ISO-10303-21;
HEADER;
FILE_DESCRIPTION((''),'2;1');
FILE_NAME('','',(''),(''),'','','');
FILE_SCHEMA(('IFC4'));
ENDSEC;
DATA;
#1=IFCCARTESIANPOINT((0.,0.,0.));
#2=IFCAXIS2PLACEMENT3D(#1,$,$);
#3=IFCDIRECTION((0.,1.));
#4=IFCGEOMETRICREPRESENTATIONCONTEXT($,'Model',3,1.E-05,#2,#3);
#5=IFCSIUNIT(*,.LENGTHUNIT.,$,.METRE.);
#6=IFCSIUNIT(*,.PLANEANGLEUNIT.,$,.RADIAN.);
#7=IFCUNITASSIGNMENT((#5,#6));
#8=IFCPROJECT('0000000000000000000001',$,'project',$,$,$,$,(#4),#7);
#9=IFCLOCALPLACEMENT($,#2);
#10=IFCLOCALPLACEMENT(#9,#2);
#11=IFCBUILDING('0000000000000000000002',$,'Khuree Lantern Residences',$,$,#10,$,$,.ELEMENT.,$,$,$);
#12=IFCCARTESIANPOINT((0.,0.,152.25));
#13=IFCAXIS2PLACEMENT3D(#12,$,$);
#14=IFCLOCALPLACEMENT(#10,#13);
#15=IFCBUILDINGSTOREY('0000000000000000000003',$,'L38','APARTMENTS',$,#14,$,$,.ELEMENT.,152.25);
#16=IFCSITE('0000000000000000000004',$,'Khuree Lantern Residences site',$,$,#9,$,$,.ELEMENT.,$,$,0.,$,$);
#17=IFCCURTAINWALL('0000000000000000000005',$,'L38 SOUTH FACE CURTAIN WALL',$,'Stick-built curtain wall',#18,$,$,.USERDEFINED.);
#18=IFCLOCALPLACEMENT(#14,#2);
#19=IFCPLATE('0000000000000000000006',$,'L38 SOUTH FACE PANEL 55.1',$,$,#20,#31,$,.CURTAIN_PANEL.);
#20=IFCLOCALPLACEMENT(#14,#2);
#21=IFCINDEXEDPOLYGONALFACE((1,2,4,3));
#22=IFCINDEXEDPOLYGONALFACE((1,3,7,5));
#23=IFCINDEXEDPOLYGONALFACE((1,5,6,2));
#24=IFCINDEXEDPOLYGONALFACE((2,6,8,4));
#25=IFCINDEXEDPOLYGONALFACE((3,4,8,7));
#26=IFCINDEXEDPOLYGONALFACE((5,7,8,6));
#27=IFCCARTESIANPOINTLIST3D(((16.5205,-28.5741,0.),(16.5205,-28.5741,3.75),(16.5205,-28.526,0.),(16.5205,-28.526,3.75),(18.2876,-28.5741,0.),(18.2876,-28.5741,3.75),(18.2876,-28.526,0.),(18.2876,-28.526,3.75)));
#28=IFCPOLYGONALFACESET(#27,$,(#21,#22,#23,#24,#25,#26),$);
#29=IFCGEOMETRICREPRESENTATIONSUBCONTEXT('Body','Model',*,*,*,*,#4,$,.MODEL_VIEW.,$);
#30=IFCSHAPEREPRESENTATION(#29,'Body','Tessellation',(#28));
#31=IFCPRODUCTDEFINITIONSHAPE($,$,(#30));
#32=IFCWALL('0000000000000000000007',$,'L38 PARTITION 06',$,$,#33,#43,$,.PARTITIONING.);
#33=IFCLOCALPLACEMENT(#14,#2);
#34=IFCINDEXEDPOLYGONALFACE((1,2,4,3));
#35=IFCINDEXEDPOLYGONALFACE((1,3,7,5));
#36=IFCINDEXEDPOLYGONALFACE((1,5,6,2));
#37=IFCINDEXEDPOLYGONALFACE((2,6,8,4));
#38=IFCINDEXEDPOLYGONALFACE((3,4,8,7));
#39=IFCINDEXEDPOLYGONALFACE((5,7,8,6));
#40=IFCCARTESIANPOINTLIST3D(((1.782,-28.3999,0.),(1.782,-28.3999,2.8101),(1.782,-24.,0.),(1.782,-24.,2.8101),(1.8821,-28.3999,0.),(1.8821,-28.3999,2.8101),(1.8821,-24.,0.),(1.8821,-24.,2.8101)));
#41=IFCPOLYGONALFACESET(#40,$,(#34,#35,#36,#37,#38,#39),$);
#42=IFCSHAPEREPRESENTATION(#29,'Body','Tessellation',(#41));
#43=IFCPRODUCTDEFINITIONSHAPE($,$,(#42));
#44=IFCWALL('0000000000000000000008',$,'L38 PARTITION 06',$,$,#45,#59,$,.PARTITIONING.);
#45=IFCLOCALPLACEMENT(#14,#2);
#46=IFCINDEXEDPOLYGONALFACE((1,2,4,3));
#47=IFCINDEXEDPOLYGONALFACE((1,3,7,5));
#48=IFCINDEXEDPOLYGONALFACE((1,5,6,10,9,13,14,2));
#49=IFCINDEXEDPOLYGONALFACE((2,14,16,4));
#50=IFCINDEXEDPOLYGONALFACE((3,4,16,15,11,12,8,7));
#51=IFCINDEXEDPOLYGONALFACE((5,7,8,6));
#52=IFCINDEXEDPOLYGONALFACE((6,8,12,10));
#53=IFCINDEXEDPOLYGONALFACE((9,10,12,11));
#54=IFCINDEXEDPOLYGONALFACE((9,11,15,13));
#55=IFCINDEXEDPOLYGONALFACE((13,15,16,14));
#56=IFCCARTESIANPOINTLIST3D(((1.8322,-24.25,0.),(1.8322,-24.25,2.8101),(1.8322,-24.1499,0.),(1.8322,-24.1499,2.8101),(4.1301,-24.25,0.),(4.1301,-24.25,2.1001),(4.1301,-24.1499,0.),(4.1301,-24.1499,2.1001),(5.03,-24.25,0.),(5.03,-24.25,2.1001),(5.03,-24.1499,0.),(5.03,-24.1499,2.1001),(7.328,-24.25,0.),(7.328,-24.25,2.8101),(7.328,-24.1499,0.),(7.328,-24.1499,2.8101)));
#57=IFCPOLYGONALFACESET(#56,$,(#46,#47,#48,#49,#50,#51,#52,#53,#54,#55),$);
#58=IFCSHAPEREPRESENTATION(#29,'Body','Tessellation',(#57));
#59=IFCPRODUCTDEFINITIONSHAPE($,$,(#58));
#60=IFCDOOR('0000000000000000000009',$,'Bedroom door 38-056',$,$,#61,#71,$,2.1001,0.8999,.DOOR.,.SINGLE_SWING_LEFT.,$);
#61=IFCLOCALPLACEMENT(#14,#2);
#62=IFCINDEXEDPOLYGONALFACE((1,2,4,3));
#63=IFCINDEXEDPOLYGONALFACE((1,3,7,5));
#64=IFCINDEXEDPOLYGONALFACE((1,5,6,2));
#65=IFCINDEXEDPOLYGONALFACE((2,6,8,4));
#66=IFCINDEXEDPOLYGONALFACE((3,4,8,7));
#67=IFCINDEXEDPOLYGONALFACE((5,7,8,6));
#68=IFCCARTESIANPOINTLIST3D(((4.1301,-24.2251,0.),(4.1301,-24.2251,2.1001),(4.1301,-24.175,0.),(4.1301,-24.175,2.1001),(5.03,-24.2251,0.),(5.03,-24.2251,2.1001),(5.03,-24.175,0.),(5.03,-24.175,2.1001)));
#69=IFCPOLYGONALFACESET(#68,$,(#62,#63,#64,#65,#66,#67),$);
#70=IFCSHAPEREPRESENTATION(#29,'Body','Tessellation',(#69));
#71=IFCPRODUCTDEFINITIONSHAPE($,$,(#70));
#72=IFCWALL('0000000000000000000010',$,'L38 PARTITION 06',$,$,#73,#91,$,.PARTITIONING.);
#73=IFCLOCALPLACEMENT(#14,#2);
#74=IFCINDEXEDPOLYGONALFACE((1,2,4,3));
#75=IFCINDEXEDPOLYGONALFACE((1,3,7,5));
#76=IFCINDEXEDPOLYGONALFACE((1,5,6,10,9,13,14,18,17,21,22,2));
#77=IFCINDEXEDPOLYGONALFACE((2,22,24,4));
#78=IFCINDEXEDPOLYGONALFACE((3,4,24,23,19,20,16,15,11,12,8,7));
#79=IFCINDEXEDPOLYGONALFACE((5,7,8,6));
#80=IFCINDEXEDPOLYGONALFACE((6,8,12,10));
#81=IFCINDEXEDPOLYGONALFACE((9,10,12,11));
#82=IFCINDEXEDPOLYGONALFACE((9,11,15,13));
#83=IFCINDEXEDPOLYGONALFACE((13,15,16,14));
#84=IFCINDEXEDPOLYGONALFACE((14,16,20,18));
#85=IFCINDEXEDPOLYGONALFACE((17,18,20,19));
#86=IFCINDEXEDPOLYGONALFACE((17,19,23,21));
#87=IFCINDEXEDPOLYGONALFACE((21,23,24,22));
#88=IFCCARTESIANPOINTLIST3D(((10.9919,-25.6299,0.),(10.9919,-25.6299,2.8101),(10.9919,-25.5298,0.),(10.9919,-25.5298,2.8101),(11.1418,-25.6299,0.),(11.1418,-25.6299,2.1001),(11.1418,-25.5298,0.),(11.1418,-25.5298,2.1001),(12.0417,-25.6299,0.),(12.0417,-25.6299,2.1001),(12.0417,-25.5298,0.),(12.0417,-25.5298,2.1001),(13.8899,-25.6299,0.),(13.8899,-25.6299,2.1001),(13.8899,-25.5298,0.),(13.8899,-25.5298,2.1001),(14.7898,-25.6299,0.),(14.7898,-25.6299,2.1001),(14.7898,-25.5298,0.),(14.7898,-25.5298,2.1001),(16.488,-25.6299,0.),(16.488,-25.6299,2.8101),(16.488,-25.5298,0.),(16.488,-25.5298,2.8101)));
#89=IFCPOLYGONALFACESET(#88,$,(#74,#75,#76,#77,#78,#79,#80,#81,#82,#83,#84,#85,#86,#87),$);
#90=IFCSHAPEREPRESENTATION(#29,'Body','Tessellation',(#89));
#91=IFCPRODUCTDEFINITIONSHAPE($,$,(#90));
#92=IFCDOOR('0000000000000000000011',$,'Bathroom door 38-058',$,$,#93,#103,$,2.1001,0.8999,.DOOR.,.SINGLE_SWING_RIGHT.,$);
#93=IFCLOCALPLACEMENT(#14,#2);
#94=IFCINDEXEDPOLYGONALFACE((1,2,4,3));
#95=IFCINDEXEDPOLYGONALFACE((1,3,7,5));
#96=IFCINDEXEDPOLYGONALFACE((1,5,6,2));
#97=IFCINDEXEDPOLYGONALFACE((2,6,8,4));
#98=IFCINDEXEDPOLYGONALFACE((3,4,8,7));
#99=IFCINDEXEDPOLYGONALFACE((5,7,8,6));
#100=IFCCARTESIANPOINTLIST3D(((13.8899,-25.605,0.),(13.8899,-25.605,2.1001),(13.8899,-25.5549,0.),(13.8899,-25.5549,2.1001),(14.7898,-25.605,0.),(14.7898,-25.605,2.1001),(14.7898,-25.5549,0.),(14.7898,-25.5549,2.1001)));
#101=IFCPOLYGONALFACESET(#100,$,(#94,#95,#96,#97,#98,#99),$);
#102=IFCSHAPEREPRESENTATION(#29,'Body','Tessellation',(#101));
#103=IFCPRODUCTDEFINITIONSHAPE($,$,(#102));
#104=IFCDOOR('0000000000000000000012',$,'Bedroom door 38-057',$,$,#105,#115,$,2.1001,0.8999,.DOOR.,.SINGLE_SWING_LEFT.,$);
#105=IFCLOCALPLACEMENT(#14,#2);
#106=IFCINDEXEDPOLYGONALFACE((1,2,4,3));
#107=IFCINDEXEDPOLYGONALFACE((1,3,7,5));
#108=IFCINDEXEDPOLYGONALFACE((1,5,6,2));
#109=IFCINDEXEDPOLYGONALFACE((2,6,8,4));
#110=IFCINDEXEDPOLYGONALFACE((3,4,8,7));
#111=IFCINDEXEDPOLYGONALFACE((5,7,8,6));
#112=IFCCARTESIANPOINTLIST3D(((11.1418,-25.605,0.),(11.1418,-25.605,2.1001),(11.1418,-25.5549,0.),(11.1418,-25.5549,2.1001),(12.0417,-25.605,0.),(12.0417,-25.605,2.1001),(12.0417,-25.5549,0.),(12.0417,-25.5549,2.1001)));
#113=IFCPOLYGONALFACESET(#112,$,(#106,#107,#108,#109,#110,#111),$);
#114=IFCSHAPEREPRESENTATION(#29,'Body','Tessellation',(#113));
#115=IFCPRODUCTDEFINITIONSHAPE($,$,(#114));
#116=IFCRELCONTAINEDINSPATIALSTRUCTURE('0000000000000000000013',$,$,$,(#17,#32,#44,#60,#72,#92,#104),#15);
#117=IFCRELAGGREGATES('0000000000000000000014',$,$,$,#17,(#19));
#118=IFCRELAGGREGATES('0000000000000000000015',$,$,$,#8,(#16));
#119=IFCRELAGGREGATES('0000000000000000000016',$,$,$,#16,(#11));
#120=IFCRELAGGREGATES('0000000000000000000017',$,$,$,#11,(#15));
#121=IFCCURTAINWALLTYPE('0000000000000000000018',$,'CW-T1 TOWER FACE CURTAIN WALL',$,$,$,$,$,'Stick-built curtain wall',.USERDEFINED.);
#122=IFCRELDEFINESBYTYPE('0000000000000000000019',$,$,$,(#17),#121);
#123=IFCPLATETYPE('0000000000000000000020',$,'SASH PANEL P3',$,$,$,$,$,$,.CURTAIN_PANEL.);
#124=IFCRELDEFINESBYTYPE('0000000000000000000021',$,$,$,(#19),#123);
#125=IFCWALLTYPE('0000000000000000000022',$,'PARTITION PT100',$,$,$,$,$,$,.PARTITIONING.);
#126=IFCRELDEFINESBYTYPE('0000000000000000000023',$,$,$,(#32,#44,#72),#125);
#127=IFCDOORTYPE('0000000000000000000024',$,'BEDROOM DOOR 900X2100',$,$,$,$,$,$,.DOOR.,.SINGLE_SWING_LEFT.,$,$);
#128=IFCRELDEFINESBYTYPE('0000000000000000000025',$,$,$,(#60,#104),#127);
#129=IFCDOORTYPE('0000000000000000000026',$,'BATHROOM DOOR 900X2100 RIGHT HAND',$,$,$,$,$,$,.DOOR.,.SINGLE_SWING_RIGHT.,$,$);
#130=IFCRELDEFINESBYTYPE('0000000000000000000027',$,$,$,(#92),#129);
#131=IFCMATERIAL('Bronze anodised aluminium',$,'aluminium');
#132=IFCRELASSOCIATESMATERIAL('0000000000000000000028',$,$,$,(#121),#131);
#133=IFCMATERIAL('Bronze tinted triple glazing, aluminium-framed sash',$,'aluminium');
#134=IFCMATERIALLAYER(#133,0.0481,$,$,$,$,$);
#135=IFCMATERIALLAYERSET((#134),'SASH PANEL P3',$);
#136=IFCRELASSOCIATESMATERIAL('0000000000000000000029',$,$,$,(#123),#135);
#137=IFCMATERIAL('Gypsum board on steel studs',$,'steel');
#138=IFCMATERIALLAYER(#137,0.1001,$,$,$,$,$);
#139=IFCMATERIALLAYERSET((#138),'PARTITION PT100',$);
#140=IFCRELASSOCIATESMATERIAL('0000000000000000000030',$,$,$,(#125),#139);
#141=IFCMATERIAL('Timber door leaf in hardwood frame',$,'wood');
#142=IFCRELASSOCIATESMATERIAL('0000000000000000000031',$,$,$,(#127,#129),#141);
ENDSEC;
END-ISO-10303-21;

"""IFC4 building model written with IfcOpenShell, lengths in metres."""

from ifc_helpers import new_model, si_unit, direction, frame, frame_2d, origin, origin_2d, place, context, subcontext, project, spatial, rectangle, extrude, material, layer, layer_set, type_object, element, fill, aggregate, save


model = new_model("IFC4")

# Units and contexts
model_context = context("Model", 3, precision=1e-05, world=origin(), true_north=direction((0.0, 1.0)))
body_context = subcontext(model_context, "Body", "Model", "MODEL_VIEW")
ifc_project = project(units=[si_unit("LENGTHUNIT", "METRE"), si_unit("PLANEANGLEUNIT", "RADIAN")], contexts=[model_context])

# Site, building, storey
site_placement = place(None, origin())
site = spatial("IfcSite", under=ifc_project, at=site_placement, Name="Khuree Lantern Residences site", CompositionType="ELEMENT", RefElevation=0.0)
building_placement = place(site_placement, origin())
building = spatial("IfcBuilding", under=site, at=building_placement, Name="Khuree Lantern Residences", CompositionType="ELEMENT")
storey_placement = place(building_placement, frame((0.0, 0.0, 152.25)))
storey = spatial("IfcBuildingStorey", under=building, at=storey_placement, Name="L38", Description="APARTMENTS", CompositionType="ELEMENT", Elevation=152.25)

# Curtain wall
ifc_material_1 = material(Name="Bronze anodised aluminium", Category="aluminium")
curtain_wall_type = type_object("IfcCurtainWallType", Name="CW-T1 TOWER FACE CURTAIN WALL", ElementType="Stick-built curtain wall", PredefinedType="USERDEFINED", material=ifc_material_1)
curtain_wall_placement = place(storey_placement, origin())
curtain_wall = element("IfcCurtainWall", 1, at=curtain_wall_placement, inside=storey, type_object=curtain_wall_type, Name="L38 SOUTH FACE CURTAIN WALL", ObjectType="Stick-built curtain wall", PredefinedType="USERDEFINED")

# Plate
ifc_material_2 = material(Name="Bronze tinted triple glazing, aluminium-framed sash", Category="aluminium")
ifc_layer_1 = layer(ifc_material_2, 0.0481)
ifc_layer_set_1 = layer_set([ifc_layer_1], Name="SASH PANEL P3")
plate_type_1 = type_object("IfcPlateType", Name="SASH PANEL P3", PredefinedType="CURTAIN_PANEL", material=ifc_layer_set_1)
plate_1_placement = place(storey_placement, frame((17.4041, -28.55, 0.0), z_axis=(0.0, 0.0, 1.0), x_axis=(1.0, 0.0, 0.0)))
plate_1 = element("IfcPlate", 2, at=plate_1_placement, type_object=plate_type_1, Name="L38 SOUTH FACE PANEL 55.1", PredefinedType="CURTAIN_PANEL", context=body_context, shape_type="SweptSolid", body=[
    extrude(rectangle(XDim=1.7671, YDim=0.0481, at=origin_2d()), origin(), (0.0, 0.0, 1.0), 3.75),
])
aggregate(curtain_wall, [plate_1])

# Wall
ifc_material_3 = material(Name="Gypsum board on steel studs", Category="steel")
ifc_layer_2 = layer(ifc_material_3, 0.1001)
ifc_layer_set_2 = layer_set([ifc_layer_2], Name="PARTITION PT100")
wall_type = type_object("IfcWallType", Name="PARTITION PT100", PredefinedType="PARTITIONING", material=ifc_layer_set_2)
wall_1_placement = place(storey_placement, frame((1.832, -24.0, 0.0), z_axis=(0.0, 0.0, 1.0), x_axis=(0.0, -1.0, 0.0)))
element("IfcWall", 3, at=wall_1_placement, inside=storey, type_object=wall_type, Name="L38 PARTITION 06", PredefinedType="PARTITIONING", context=body_context, shape_type="SweptSolid", body=[
    extrude(rectangle(XDim=4.3999, YDim=0.1001, at=frame_2d((2.2, 0.0))), origin(), (0.0, 0.0, 1.0), 2.8101),
])

# Wall, opening, door
wall_2_placement = place(storey_placement, frame((1.832, -24.2, 0.0), z_axis=(0.0, 0.0, 1.0), x_axis=(1.0, 0.0, 0.0)))
wall_2 = element("IfcWall", 4, at=wall_2_placement, inside=storey, type_object=wall_type, Name="L38 PARTITION 06", PredefinedType="PARTITIONING", context=body_context, shape_type="SweptSolid", body=[
    extrude(rectangle(XDim=5.4958, YDim=0.1001, at=frame_2d((2.748, 0.0))), origin(), (0.0, 0.0, 1.0), 2.8101),
])
opening_1_placement = place(wall_2_placement, frame((2.2981, 0.0, 0.0)))
opening_1 = element("IfcOpeningElement", 5, at=opening_1_placement, cuts=wall_2, PredefinedType="OPENING", context=body_context, shape_type="SweptSolid", body=[
    extrude(rectangle(XDim=0.8999, YDim=2.1001, at=frame_2d((0.45, 1.05))), frame((0.0, 0.0601, 0.0), z_axis=(0.0, -1.0, 0.0), x_axis=(1.0, 0.0, 0.0)), (0.0, 0.0, 1.0), 0.1201),
])
ifc_material_4 = material(Name="Timber door leaf in hardwood frame", Category="wood")
door_type_1 = type_object("IfcDoorType", Name="BEDROOM DOOR 900X2100", OperationType="SINGLE_SWING_LEFT", PredefinedType="DOOR", material=ifc_material_4)
door_1_placement = place(opening_1_placement, origin())
door_1 = element("IfcDoor", 6, at=door_1_placement, inside=storey, type_object=door_type_1, Name="Bedroom door 38-056", OperationType="SINGLE_SWING_LEFT", OverallHeight=2.1001, OverallWidth=0.8999, PredefinedType="DOOR", context=body_context, shape_type="SweptSolid", body=[
    extrude(rectangle(XDim=0.8999, YDim=2.1001, at=frame_2d((0.45, 1.05))), frame((0.0, 0.0249, 0.0), z_axis=(0.0, -1.0, 0.0), x_axis=(1.0, 0.0, 0.0)), (0.0, 0.0, 1.0), 0.05),
])
fill(opening_1, door_1)

# Wall, openings, doors
wall_3_placement = place(storey_placement, frame((10.9919, -25.5798, 0.0), z_axis=(0.0, 0.0, 1.0), x_axis=(1.0, 0.0, 0.0)))
wall_3 = element("IfcWall", 7, at=wall_3_placement, inside=storey, type_object=wall_type, Name="L38 PARTITION 06", PredefinedType="PARTITIONING", context=body_context, shape_type="SweptSolid", body=[
    extrude(rectangle(XDim=5.4961, YDim=0.1001, at=frame_2d((2.748, 0.0))), origin(), (0.0, 0.0, 1.0), 2.8101),
])
opening_2_placement = place(wall_3_placement, frame((0.1499, 0.0, 0.0)))
opening_2 = element("IfcOpeningElement", 8, at=opening_2_placement, cuts=wall_3, PredefinedType="OPENING", context=body_context, shape_type="SweptSolid", body=[
    extrude(rectangle(XDim=0.8999, YDim=2.1001, at=frame_2d((0.45, 1.05))), frame((0.0, 0.0601, 0.0), z_axis=(0.0, -1.0, 0.0), x_axis=(1.0, 0.0, 0.0)), (0.0, 0.0, 1.0), 0.1201),
])
opening_3_placement = place(wall_3_placement, frame((2.8979, 0.0, 0.0)))
opening_3 = element("IfcOpeningElement", 9, at=opening_3_placement, cuts=wall_3, PredefinedType="OPENING", context=body_context, shape_type="SweptSolid", body=[
    extrude(rectangle(XDim=0.8999, YDim=2.1001, at=frame_2d((0.45, 1.05))), frame((0.0, 0.0601, 0.0), z_axis=(0.0, -1.0, 0.0), x_axis=(1.0, 0.0, 0.0)), (0.0, 0.0, 1.0), 0.1201),
])
door_type_2 = type_object("IfcDoorType", Name="BATHROOM DOOR 900X2100 RIGHT HAND", OperationType="SINGLE_SWING_RIGHT", PredefinedType="DOOR", material=ifc_material_4)
door_2_placement = place(opening_3_placement, origin())
door_2 = element("IfcDoor", 10, at=door_2_placement, inside=storey, type_object=door_type_2, Name="Bathroom door 38-058", OperationType="SINGLE_SWING_RIGHT", OverallHeight=2.1001, OverallWidth=0.8999, PredefinedType="DOOR", context=body_context, shape_type="SweptSolid", body=[
    extrude(rectangle(XDim=0.8999, YDim=2.1001, at=frame_2d((0.45, 1.05))), frame((0.0, 0.0249, 0.0), z_axis=(0.0, -1.0, 0.0), x_axis=(1.0, 0.0, 0.0)), (0.0, 0.0, 1.0), 0.05),
])
fill(opening_3, door_2)
door_3_placement = place(opening_2_placement, origin())
door_3 = element("IfcDoor", 11, at=door_3_placement, inside=storey, type_object=door_type_1, Name="Bedroom door 38-057", OperationType="SINGLE_SWING_LEFT", OverallHeight=2.1001, OverallWidth=0.8999, PredefinedType="DOOR", context=body_context, shape_type="SweptSolid", body=[
    extrude(rectangle(XDim=0.8999, YDim=2.1001, at=frame_2d((0.45, 1.05))), frame((0.0, 0.0249, 0.0), z_axis=(0.0, -1.0, 0.0), x_axis=(1.0, 0.0, 0.0)), (0.0, 0.0, 1.0), 0.05),
])
fill(opening_2, door_3)

save(model, "model.ifc")
